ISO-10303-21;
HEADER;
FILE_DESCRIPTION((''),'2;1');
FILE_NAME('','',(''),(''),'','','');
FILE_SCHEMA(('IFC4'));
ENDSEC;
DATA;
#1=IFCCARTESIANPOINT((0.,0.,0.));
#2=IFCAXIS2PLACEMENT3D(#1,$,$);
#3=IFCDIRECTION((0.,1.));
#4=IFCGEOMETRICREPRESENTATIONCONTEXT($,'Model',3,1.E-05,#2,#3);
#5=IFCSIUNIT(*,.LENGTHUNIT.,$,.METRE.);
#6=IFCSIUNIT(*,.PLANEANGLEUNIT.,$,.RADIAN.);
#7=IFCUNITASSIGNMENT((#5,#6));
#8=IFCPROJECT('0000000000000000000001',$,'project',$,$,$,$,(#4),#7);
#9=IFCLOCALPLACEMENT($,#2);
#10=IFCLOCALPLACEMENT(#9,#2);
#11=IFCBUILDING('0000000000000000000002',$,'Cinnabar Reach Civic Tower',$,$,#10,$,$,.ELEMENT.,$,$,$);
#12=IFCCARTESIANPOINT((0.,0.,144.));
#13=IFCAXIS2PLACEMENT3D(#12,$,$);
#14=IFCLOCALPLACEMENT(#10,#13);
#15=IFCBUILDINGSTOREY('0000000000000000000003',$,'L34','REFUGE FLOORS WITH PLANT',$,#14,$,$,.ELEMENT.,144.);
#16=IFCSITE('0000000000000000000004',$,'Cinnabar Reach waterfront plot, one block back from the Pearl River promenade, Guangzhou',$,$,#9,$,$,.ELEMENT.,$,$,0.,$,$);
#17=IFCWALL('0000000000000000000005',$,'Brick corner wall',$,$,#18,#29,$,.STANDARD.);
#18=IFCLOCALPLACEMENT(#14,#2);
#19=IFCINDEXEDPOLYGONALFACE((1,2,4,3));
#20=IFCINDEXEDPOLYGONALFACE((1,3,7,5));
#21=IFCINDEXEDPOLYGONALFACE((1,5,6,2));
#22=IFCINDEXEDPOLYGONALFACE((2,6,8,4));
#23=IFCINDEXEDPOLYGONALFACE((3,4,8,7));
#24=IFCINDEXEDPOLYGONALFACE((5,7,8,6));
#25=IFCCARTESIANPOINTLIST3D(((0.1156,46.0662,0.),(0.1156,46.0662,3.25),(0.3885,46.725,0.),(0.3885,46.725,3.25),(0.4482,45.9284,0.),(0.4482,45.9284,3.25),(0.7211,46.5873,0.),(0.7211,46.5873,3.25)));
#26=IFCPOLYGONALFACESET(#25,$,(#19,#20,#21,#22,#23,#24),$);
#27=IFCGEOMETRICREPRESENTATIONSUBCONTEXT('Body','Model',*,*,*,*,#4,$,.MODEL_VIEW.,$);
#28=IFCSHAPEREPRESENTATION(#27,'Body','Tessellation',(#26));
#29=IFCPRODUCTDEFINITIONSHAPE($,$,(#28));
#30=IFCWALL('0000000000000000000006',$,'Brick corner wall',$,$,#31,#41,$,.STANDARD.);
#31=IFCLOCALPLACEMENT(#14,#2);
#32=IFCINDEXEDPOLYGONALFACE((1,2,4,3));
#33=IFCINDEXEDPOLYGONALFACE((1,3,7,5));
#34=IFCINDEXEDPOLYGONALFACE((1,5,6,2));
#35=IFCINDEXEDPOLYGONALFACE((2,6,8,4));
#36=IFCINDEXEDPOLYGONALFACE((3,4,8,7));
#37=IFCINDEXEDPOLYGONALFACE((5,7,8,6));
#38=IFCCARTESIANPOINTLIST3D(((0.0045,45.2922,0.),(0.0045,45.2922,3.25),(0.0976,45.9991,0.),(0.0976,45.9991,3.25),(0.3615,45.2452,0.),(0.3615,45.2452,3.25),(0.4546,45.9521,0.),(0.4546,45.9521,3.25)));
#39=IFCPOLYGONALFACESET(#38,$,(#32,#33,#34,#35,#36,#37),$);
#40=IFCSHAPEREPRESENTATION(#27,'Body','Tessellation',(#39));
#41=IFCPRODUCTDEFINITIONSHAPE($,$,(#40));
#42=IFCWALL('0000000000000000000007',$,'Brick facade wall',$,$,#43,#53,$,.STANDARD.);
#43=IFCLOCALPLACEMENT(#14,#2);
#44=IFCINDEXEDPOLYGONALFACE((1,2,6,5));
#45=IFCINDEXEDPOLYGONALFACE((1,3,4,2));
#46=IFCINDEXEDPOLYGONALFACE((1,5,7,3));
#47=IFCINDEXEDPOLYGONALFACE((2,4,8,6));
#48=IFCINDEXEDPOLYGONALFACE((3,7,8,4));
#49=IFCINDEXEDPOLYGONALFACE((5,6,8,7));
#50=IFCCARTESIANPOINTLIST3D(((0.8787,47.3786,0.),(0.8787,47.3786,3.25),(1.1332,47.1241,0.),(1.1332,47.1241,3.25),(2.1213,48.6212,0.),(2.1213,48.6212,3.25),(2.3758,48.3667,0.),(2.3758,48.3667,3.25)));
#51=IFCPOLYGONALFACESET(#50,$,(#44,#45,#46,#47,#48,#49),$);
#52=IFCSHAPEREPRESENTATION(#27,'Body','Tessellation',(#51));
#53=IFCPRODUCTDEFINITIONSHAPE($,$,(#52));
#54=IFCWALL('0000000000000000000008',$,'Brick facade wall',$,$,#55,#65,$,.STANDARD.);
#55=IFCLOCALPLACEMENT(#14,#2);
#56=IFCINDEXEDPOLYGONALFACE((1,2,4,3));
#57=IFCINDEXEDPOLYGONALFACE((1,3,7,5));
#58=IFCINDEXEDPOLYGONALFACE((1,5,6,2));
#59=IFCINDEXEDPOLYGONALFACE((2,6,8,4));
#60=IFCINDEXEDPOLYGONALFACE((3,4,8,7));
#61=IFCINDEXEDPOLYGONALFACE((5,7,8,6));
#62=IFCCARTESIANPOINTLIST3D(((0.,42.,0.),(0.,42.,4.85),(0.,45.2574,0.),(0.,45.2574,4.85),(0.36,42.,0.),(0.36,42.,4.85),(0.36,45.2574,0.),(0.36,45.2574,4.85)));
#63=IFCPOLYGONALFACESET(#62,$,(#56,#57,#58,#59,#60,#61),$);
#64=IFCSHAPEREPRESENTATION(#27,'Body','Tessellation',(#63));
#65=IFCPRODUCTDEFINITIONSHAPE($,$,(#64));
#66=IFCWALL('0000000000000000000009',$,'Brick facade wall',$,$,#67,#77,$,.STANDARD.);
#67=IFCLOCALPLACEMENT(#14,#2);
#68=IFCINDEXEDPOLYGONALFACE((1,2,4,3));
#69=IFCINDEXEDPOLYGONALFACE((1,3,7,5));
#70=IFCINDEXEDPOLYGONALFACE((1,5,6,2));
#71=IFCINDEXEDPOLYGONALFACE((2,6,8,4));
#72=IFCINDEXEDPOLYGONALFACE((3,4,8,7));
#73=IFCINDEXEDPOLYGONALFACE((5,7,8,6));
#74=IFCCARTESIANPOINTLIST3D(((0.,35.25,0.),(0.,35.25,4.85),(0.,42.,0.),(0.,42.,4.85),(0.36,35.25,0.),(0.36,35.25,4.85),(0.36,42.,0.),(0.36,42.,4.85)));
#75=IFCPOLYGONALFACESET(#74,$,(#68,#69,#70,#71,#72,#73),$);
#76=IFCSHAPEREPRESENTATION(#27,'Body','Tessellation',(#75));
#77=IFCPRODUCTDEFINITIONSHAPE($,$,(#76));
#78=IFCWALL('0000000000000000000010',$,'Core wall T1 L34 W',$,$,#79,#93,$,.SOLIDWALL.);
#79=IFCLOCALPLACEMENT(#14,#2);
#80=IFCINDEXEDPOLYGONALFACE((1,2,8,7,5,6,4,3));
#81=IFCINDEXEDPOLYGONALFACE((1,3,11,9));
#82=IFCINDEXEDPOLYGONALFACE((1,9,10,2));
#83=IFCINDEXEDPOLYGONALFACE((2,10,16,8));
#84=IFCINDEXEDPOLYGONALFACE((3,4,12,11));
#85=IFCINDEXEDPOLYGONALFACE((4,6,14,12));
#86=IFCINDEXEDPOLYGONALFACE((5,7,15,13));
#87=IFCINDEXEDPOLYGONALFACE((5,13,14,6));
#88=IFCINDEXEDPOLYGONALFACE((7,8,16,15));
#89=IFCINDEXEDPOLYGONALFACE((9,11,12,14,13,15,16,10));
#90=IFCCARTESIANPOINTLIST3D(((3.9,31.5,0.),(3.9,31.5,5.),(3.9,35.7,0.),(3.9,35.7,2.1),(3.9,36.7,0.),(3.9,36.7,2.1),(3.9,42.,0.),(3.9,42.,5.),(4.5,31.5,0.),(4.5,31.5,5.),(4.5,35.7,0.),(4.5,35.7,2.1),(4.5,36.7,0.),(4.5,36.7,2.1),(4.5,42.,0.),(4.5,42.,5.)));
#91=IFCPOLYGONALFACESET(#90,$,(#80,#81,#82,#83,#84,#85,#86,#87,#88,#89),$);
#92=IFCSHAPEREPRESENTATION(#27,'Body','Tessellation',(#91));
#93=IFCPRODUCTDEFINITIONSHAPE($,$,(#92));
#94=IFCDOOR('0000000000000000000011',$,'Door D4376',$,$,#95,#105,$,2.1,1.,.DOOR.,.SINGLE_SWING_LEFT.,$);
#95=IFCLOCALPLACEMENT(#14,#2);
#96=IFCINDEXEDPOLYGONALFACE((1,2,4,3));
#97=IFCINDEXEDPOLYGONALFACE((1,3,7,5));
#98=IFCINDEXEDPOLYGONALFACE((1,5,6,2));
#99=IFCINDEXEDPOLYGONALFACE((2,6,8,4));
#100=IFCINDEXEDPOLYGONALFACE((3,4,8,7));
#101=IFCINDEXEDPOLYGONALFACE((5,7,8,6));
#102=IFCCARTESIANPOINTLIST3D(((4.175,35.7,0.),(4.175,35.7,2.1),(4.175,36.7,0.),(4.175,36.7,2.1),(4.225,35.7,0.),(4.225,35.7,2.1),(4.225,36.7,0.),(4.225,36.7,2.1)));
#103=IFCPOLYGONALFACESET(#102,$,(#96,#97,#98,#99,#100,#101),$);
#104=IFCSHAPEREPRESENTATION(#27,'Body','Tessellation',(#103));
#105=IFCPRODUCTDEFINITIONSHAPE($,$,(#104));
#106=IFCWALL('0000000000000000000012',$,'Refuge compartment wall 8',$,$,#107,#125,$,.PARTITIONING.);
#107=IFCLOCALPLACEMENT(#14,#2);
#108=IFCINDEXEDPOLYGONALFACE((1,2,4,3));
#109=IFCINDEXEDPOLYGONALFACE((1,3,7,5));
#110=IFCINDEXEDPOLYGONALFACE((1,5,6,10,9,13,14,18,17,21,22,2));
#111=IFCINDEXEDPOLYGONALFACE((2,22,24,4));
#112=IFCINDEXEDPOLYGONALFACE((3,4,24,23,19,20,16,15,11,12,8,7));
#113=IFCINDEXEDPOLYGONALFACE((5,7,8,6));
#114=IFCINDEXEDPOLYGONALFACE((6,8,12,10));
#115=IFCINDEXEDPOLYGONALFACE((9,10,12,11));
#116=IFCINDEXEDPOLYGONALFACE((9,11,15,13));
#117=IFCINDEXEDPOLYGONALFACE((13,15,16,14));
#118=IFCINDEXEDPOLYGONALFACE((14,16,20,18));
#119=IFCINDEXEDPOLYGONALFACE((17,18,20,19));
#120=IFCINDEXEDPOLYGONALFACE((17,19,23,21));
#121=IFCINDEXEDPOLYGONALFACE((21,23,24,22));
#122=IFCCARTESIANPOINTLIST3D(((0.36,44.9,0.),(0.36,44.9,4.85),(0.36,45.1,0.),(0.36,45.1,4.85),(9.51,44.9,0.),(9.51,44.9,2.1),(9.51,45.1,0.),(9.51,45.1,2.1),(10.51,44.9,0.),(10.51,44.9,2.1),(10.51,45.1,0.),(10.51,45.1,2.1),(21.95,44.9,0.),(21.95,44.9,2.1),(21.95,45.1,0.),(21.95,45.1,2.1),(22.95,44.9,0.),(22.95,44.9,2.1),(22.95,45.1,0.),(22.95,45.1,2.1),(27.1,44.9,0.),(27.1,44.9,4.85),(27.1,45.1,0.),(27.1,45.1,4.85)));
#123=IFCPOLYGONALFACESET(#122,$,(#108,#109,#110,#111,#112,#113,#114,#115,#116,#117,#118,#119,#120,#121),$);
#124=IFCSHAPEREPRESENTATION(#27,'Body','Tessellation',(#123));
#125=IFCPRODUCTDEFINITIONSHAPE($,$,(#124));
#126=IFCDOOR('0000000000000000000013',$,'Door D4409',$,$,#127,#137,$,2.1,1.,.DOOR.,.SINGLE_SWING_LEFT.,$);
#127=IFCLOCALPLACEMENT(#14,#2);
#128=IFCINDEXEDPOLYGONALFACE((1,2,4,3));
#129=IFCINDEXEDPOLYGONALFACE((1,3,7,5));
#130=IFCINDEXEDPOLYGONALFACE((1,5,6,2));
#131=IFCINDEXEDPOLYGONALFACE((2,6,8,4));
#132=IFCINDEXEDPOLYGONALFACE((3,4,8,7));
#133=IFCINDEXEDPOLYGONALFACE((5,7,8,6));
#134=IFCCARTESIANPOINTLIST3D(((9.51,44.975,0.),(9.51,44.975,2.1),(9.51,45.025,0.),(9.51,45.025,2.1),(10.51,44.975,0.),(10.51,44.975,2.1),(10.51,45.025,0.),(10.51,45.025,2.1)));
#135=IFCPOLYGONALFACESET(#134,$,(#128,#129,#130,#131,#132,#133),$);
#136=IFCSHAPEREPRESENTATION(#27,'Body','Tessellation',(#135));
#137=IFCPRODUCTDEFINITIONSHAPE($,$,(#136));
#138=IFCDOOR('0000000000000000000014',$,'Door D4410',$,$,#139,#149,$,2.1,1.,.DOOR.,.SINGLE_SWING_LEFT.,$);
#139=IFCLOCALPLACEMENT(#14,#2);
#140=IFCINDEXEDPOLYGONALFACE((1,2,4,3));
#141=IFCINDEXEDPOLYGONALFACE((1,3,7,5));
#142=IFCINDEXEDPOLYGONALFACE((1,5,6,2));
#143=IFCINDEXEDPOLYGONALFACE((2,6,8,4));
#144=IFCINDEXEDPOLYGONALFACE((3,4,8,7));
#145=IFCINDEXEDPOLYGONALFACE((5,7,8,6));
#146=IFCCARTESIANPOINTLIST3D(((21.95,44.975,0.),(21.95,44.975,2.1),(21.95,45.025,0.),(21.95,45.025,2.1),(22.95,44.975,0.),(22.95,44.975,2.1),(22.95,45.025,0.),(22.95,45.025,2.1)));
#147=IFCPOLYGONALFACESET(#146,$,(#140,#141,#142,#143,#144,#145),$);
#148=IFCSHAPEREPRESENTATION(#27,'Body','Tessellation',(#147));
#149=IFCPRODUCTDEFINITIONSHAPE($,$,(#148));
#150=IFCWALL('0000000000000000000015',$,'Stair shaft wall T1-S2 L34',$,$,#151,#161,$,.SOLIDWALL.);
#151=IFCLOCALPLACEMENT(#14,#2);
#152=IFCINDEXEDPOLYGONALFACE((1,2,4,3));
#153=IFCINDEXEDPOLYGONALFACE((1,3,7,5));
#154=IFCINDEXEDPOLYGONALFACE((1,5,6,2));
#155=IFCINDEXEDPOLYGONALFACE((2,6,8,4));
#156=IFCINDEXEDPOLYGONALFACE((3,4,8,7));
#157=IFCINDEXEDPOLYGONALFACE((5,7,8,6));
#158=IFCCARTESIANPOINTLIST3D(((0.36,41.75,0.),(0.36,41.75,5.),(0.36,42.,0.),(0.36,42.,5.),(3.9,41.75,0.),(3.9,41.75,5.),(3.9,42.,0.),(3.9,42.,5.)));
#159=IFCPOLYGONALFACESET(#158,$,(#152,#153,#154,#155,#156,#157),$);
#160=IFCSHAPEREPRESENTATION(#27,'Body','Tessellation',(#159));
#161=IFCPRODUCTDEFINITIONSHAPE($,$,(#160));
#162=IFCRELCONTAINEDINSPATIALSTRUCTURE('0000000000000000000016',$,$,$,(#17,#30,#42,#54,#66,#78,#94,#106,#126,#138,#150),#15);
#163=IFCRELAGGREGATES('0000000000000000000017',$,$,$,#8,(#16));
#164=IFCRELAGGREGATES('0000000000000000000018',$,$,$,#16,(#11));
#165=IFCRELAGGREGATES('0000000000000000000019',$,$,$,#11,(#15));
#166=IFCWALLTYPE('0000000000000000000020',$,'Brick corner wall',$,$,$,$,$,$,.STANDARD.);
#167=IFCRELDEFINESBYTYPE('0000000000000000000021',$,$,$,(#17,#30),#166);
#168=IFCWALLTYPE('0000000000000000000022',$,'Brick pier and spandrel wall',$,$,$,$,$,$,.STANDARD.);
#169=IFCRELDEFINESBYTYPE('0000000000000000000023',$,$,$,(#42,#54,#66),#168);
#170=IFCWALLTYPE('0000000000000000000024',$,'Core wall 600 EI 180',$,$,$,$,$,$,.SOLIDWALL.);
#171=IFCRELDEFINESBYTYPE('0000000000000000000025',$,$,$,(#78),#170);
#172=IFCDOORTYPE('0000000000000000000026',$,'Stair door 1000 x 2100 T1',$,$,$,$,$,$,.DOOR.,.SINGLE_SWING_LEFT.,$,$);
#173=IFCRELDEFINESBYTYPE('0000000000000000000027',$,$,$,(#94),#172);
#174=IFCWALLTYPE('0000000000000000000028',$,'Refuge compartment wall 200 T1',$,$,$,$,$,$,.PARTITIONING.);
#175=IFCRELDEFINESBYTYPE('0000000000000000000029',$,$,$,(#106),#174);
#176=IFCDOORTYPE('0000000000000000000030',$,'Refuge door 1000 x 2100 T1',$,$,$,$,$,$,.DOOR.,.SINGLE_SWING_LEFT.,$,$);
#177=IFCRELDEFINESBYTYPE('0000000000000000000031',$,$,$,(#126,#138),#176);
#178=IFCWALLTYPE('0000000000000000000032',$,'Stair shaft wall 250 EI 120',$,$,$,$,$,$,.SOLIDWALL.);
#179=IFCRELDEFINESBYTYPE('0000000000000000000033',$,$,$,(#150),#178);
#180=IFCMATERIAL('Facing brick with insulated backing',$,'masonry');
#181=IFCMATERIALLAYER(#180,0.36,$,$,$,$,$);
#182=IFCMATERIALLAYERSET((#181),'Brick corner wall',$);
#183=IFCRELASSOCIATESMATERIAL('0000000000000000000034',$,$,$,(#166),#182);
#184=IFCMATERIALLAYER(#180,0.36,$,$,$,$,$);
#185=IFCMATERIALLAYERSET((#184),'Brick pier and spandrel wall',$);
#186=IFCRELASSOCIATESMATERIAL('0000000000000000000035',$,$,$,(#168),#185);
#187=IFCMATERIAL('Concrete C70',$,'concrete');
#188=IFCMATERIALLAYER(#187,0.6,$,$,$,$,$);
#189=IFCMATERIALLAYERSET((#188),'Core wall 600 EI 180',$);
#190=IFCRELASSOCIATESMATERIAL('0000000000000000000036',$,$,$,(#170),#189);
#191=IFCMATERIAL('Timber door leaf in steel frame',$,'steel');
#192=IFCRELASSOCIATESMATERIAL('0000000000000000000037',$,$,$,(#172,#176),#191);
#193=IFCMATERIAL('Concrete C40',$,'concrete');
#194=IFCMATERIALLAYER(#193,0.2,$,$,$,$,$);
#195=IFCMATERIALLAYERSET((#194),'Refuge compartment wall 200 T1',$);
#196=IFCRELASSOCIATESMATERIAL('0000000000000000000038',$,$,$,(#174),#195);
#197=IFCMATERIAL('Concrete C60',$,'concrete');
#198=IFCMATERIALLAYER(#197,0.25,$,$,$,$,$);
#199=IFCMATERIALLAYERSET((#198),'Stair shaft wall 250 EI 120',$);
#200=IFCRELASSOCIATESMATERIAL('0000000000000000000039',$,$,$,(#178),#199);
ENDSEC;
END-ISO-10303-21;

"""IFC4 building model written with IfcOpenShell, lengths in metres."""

from ifc_helpers import new_model, si_unit, direction, frame, frame_2d, origin, place, context, subcontext, project, spatial, rectangle, extrude, material, layer, layer_set, type_object, element, fill, save


model = new_model("IFC4")

# Units and contexts
model_context = context("Model", 3, precision=1e-05, world=origin(), true_north=direction((0.0, 1.0)))
body_context = subcontext(model_context, "Body", "Model", "MODEL_VIEW")
ifc_project = project(units=[si_unit("LENGTHUNIT", "METRE"), si_unit("PLANEANGLEUNIT", "RADIAN")], contexts=[model_context])

# Site, building, storey
site_placement = place(None, origin())
site = spatial("IfcSite", under=ifc_project, at=site_placement, Name="Cinnabar Reach waterfront plot, one block back from the Pearl River promenade, Guangzhou", CompositionType="ELEMENT", RefElevation=0.0)
building_placement = place(site_placement, origin())
building = spatial("IfcBuilding", under=site, at=building_placement, Name="Cinnabar Reach Civic Tower", CompositionType="ELEMENT")
storey_placement = place(building_placement, frame((0.0, 0.0, 144.0)))
storey = spatial("IfcBuildingStorey", under=building, at=storey_placement, Name="L34", Description="REFUGE FLOORS WITH PLANT", CompositionType="ELEMENT", Elevation=144.0)

# Shared definitions
ifc_material_1 = material(Name="Concrete C70", Category="concrete")

# Walls
ifc_material_2 = material(Name="Facing brick with insulated backing", Category="masonry")
ifc_layer_1 = layer(ifc_material_2, 0.36)
ifc_layer_set_1 = layer_set([ifc_layer_1], Name="Brick corner wall")
wall_type_1 = type_object("IfcWallType", Name="Brick corner wall", PredefinedType="STANDARD", material=ifc_layer_set_1)
for number, where, z_axis, x_axis, name in (
    (1, (0.5548, 46.6561, 0.0), (0.0, 0.0, 1.0), (-0.382703, -0.923872, 0.0), "Brick corner wall"),
    (2, (0.2761, 45.9756, 0.0), (0.0, 0.0, 1.0), (-0.130556, -0.991441, 0.0), "Brick corner wall"),
):
    element("IfcWall", number, at=place(storey_placement, frame(where, z_axis=z_axis, x_axis=x_axis)), inside=storey, type_object=wall_type_1, Name=name, PredefinedType="STANDARD", context=body_context, shape_type="SweptSolid", body=[
        extrude(rectangle(XDim=0.7131, YDim=0.36, at=frame_2d((0.3565, 0.0))), origin(), (0.0, 0.0, 1.0), 3.25),
    ])
ifc_layer_2 = layer(ifc_material_2, 0.36)
ifc_layer_set_2 = layer_set([ifc_layer_2], Name="Brick pier and spandrel wall")
wall_type_2 = type_object("IfcWallType", Name="Brick pier and spandrel wall", PredefinedType="STANDARD", material=ifc_layer_set_2)
wall_1_placement = place(storey_placement, frame((2.2486, 48.494, 0.0), z_axis=(0.0, 0.0, 1.0), x_axis=(-0.707107, -0.707107, 0.0)))
element("IfcWall", 3, at=wall_1_placement, inside=storey, type_object=wall_type_2, Name="Brick facade wall", PredefinedType="STANDARD", context=body_context, shape_type="SweptSolid", body=[
    extrude(rectangle(XDim=1.7573, YDim=0.36, at=frame_2d((0.8787, 0.0))), origin(), (0.0, 0.0, 1.0), 3.25),
])
wall_2_placement = place(storey_placement, frame((0.18, 45.2574, 0.0), z_axis=(0.0, 0.0, 1.0), x_axis=(0.0, -1.0, 0.0)))
element("IfcWall", 4, at=wall_2_placement, inside=storey, type_object=wall_type_2, Name="Brick facade wall", PredefinedType="STANDARD", context=body_context, shape_type="SweptSolid", body=[
    extrude(rectangle(XDim=3.2574, YDim=0.36, at=frame_2d((1.6287, 0.0))), origin(), (0.0, 0.0, 1.0), 4.85),
])
wall_3_placement = place(storey_placement, frame((0.18, 42.0, 0.0), z_axis=(0.0, 0.0, 1.0), x_axis=(0.0, -1.0, 0.0)))
element("IfcWall", 5, at=wall_3_placement, inside=storey, type_object=wall_type_2, Name="Brick facade wall", PredefinedType="STANDARD", context=body_context, shape_type="SweptSolid", body=[
    extrude(rectangle(XDim=6.75, YDim=0.36, at=frame_2d((3.375, 0.0))), origin(), (0.0, 0.0, 1.0), 4.85),
])

# Wall, opening, door
ifc_layer_3 = layer(ifc_material_1, 0.6)
ifc_layer_set_3 = layer_set([ifc_layer_3], Name="Core wall 600 EI 180")
wall_type_3 = type_object("IfcWallType", Name="Core wall 600 EI 180", PredefinedType="SOLIDWALL", material=ifc_layer_set_3)
wall_4_placement = place(storey_placement, frame((4.2, 42.0, 0.0), z_axis=(0.0, 0.0, 1.0), x_axis=(0.0, -1.0, 0.0)))
wall_4 = element("IfcWall", 6, at=wall_4_placement, inside=storey, type_object=wall_type_3, Name="Core wall T1 L34 W", PredefinedType="SOLIDWALL", context=body_context, shape_type="SweptSolid", body=[
    extrude(rectangle(XDim=10.5, YDim=0.6, at=frame_2d((5.25, 0.0))), origin(), (0.0, 0.0, 1.0), 5.0),
])
opening_1_placement = place(wall_4_placement, frame((5.3, 0.0, 0.0)))
opening_1 = element("IfcOpeningElement", 7, at=opening_1_placement, cuts=wall_4, PredefinedType="OPENING", context=body_context, shape_type="SweptSolid", body=[
    extrude(rectangle(XDim=1.0, YDim=2.1, at=frame_2d((0.5, 1.05))), frame((0.0, 0.31, 0.0), z_axis=(0.0, -1.0, 0.0), x_axis=(1.0, 0.0, 0.0)), (0.0, 0.0, 1.0), 0.62),
])
ifc_material_3 = material(Name="Timber door leaf in steel frame", Category="steel")
door_type_1 = type_object("IfcDoorType", Name="Stair door 1000 x 2100 T1", OperationType="SINGLE_SWING_LEFT", PredefinedType="DOOR", material=ifc_material_3)
door_1_placement = place(opening_1_placement, frame((1.0, 0.0, 0.0), z_axis=(0.0, 0.0, 1.0), x_axis=(-1.0, 0.0, 0.0)))
door_1 = element("IfcDoor", 8, at=door_1_placement, inside=storey, type_object=door_type_1, Name="Door D4376", OperationType="SINGLE_SWING_LEFT", OverallHeight=2.1, OverallWidth=1.0, PredefinedType="DOOR", context=body_context, shape_type="SweptSolid", body=[
    extrude(rectangle(XDim=1.0, YDim=2.1, at=frame_2d((0.5, 1.05))), frame((0.0, 0.025, 0.0), z_axis=(0.0, -1.0, 0.0), x_axis=(1.0, 0.0, 0.0)), (0.0, 0.0, 1.0), 0.05),
])
fill(opening_1, door_1)

# Wall, openings, doors
ifc_material_4 = material(Name="Concrete C40", Category="concrete")
ifc_layer_4 = layer(ifc_material_4, 0.2)
ifc_layer_set_4 = layer_set([ifc_layer_4], Name="Refuge compartment wall 200 T1")
wall_type_4 = type_object("IfcWallType", Name="Refuge compartment wall 200 T1", PredefinedType="PARTITIONING", material=ifc_layer_set_4)
wall_5_placement = place(storey_placement, frame((0.36, 45.0, 0.0), z_axis=(0.0, 0.0, 1.0), x_axis=(1.0, 0.0, 0.0)))
wall_5 = element("IfcWall", 9, at=wall_5_placement, inside=storey, type_object=wall_type_4, Name="Refuge compartment wall 8", PredefinedType="PARTITIONING", context=body_context, shape_type="SweptSolid", body=[
    extrude(rectangle(XDim=26.74, YDim=0.2, at=frame_2d((13.37, 0.0))), origin(), (0.0, 0.0, 1.0), 4.85),
])
opening_2_placement = place(wall_5_placement, frame((9.15, 0.0, 0.0)))
opening_2 = element("IfcOpeningElement", 10, at=opening_2_placement, cuts=wall_5, PredefinedType="OPENING", context=body_context, shape_type="SweptSolid", body=[
    extrude(rectangle(XDim=1.0, YDim=2.1, at=frame_2d((0.5, 1.05))), frame((0.0, 0.11, 0.0), z_axis=(0.0, -1.0, 0.0), x_axis=(1.0, 0.0, 0.0)), (0.0, 0.0, 1.0), 0.22),
])
opening_3_placement = place(wall_5_placement, frame((21.59, 0.0, 0.0)))
opening_3 = element("IfcOpeningElement", 11, at=opening_3_placement, cuts=wall_5, PredefinedType="OPENING", context=body_context, shape_type="SweptSolid", body=[
    extrude(rectangle(XDim=1.0, YDim=2.1, at=frame_2d((0.5, 1.05))), frame((0.0, 0.11, 0.0), z_axis=(0.0, -1.0, 0.0), x_axis=(1.0, 0.0, 0.0)), (0.0, 0.0, 1.0), 0.22),
])
door_type_2 = type_object("IfcDoorType", Name="Refuge door 1000 x 2100 T1", OperationType="SINGLE_SWING_LEFT", PredefinedType="DOOR", material=ifc_material_3)
door_2_placement = place(opening_2_placement, origin())
door_2 = element("IfcDoor", 12, at=door_2_placement, inside=storey, type_object=door_type_2, Name="Door D4409", OperationType="SINGLE_SWING_LEFT", OverallHeight=2.1, OverallWidth=1.0, PredefinedType="DOOR", context=body_context, shape_type="SweptSolid", body=[
    extrude(rectangle(XDim=1.0, YDim=2.1, at=frame_2d((0.5, 1.05))), frame((0.0, 0.025, 0.0), z_axis=(0.0, -1.0, 0.0), x_axis=(1.0, 0.0, 0.0)), (0.0, 0.0, 1.0), 0.05),
])
fill(opening_2, door_2)
door_3_placement = place(opening_3_placement, frame((1.0, 0.0, 0.0), z_axis=(0.0, 0.0, 1.0), x_axis=(-1.0, 0.0, 0.0)))
door_3 = element("IfcDoor", 13, at=door_3_placement, inside=storey, type_object=door_type_2, Name="Door D4410", OperationType="SINGLE_SWING_LEFT", OverallHeight=2.1, OverallWidth=1.0, PredefinedType="DOOR", context=body_context, shape_type="SweptSolid", body=[
    extrude(rectangle(XDim=1.0, YDim=2.1, at=frame_2d((0.5, 1.05))), frame((0.0, 0.025, 0.0), z_axis=(0.0, -1.0, 0.0), x_axis=(1.0, 0.0, 0.0)), (0.0, 0.0, 1.0), 0.05),
])
fill(opening_3, door_3)

# Wall
ifc_material_5 = material(Name="Concrete C60", Category="concrete")
ifc_layer_5 = layer(ifc_material_5, 0.25)
ifc_layer_set_5 = layer_set([ifc_layer_5], Name="Stair shaft wall 250 EI 120")
wall_type_5 = type_object("IfcWallType", Name="Stair shaft wall 250 EI 120", PredefinedType="SOLIDWALL", material=ifc_layer_set_5)
wall_6_placement = place(storey_placement, frame((3.9, 41.875, 0.0), z_axis=(0.0, 0.0, 1.0), x_axis=(-1.0, 0.0, 0.0)))
element("IfcWall", 14, at=wall_6_placement, inside=storey, type_object=wall_type_5, Name="Stair shaft wall T1-S2 L34", PredefinedType="SOLIDWALL", context=body_context, shape_type="SweptSolid", body=[
    extrude(rectangle(XDim=3.54, YDim=0.25, at=frame_2d((1.77, 0.0))), origin(), (0.0, 0.0, 1.0), 5.0),
])

save(model, "model.ifc")
